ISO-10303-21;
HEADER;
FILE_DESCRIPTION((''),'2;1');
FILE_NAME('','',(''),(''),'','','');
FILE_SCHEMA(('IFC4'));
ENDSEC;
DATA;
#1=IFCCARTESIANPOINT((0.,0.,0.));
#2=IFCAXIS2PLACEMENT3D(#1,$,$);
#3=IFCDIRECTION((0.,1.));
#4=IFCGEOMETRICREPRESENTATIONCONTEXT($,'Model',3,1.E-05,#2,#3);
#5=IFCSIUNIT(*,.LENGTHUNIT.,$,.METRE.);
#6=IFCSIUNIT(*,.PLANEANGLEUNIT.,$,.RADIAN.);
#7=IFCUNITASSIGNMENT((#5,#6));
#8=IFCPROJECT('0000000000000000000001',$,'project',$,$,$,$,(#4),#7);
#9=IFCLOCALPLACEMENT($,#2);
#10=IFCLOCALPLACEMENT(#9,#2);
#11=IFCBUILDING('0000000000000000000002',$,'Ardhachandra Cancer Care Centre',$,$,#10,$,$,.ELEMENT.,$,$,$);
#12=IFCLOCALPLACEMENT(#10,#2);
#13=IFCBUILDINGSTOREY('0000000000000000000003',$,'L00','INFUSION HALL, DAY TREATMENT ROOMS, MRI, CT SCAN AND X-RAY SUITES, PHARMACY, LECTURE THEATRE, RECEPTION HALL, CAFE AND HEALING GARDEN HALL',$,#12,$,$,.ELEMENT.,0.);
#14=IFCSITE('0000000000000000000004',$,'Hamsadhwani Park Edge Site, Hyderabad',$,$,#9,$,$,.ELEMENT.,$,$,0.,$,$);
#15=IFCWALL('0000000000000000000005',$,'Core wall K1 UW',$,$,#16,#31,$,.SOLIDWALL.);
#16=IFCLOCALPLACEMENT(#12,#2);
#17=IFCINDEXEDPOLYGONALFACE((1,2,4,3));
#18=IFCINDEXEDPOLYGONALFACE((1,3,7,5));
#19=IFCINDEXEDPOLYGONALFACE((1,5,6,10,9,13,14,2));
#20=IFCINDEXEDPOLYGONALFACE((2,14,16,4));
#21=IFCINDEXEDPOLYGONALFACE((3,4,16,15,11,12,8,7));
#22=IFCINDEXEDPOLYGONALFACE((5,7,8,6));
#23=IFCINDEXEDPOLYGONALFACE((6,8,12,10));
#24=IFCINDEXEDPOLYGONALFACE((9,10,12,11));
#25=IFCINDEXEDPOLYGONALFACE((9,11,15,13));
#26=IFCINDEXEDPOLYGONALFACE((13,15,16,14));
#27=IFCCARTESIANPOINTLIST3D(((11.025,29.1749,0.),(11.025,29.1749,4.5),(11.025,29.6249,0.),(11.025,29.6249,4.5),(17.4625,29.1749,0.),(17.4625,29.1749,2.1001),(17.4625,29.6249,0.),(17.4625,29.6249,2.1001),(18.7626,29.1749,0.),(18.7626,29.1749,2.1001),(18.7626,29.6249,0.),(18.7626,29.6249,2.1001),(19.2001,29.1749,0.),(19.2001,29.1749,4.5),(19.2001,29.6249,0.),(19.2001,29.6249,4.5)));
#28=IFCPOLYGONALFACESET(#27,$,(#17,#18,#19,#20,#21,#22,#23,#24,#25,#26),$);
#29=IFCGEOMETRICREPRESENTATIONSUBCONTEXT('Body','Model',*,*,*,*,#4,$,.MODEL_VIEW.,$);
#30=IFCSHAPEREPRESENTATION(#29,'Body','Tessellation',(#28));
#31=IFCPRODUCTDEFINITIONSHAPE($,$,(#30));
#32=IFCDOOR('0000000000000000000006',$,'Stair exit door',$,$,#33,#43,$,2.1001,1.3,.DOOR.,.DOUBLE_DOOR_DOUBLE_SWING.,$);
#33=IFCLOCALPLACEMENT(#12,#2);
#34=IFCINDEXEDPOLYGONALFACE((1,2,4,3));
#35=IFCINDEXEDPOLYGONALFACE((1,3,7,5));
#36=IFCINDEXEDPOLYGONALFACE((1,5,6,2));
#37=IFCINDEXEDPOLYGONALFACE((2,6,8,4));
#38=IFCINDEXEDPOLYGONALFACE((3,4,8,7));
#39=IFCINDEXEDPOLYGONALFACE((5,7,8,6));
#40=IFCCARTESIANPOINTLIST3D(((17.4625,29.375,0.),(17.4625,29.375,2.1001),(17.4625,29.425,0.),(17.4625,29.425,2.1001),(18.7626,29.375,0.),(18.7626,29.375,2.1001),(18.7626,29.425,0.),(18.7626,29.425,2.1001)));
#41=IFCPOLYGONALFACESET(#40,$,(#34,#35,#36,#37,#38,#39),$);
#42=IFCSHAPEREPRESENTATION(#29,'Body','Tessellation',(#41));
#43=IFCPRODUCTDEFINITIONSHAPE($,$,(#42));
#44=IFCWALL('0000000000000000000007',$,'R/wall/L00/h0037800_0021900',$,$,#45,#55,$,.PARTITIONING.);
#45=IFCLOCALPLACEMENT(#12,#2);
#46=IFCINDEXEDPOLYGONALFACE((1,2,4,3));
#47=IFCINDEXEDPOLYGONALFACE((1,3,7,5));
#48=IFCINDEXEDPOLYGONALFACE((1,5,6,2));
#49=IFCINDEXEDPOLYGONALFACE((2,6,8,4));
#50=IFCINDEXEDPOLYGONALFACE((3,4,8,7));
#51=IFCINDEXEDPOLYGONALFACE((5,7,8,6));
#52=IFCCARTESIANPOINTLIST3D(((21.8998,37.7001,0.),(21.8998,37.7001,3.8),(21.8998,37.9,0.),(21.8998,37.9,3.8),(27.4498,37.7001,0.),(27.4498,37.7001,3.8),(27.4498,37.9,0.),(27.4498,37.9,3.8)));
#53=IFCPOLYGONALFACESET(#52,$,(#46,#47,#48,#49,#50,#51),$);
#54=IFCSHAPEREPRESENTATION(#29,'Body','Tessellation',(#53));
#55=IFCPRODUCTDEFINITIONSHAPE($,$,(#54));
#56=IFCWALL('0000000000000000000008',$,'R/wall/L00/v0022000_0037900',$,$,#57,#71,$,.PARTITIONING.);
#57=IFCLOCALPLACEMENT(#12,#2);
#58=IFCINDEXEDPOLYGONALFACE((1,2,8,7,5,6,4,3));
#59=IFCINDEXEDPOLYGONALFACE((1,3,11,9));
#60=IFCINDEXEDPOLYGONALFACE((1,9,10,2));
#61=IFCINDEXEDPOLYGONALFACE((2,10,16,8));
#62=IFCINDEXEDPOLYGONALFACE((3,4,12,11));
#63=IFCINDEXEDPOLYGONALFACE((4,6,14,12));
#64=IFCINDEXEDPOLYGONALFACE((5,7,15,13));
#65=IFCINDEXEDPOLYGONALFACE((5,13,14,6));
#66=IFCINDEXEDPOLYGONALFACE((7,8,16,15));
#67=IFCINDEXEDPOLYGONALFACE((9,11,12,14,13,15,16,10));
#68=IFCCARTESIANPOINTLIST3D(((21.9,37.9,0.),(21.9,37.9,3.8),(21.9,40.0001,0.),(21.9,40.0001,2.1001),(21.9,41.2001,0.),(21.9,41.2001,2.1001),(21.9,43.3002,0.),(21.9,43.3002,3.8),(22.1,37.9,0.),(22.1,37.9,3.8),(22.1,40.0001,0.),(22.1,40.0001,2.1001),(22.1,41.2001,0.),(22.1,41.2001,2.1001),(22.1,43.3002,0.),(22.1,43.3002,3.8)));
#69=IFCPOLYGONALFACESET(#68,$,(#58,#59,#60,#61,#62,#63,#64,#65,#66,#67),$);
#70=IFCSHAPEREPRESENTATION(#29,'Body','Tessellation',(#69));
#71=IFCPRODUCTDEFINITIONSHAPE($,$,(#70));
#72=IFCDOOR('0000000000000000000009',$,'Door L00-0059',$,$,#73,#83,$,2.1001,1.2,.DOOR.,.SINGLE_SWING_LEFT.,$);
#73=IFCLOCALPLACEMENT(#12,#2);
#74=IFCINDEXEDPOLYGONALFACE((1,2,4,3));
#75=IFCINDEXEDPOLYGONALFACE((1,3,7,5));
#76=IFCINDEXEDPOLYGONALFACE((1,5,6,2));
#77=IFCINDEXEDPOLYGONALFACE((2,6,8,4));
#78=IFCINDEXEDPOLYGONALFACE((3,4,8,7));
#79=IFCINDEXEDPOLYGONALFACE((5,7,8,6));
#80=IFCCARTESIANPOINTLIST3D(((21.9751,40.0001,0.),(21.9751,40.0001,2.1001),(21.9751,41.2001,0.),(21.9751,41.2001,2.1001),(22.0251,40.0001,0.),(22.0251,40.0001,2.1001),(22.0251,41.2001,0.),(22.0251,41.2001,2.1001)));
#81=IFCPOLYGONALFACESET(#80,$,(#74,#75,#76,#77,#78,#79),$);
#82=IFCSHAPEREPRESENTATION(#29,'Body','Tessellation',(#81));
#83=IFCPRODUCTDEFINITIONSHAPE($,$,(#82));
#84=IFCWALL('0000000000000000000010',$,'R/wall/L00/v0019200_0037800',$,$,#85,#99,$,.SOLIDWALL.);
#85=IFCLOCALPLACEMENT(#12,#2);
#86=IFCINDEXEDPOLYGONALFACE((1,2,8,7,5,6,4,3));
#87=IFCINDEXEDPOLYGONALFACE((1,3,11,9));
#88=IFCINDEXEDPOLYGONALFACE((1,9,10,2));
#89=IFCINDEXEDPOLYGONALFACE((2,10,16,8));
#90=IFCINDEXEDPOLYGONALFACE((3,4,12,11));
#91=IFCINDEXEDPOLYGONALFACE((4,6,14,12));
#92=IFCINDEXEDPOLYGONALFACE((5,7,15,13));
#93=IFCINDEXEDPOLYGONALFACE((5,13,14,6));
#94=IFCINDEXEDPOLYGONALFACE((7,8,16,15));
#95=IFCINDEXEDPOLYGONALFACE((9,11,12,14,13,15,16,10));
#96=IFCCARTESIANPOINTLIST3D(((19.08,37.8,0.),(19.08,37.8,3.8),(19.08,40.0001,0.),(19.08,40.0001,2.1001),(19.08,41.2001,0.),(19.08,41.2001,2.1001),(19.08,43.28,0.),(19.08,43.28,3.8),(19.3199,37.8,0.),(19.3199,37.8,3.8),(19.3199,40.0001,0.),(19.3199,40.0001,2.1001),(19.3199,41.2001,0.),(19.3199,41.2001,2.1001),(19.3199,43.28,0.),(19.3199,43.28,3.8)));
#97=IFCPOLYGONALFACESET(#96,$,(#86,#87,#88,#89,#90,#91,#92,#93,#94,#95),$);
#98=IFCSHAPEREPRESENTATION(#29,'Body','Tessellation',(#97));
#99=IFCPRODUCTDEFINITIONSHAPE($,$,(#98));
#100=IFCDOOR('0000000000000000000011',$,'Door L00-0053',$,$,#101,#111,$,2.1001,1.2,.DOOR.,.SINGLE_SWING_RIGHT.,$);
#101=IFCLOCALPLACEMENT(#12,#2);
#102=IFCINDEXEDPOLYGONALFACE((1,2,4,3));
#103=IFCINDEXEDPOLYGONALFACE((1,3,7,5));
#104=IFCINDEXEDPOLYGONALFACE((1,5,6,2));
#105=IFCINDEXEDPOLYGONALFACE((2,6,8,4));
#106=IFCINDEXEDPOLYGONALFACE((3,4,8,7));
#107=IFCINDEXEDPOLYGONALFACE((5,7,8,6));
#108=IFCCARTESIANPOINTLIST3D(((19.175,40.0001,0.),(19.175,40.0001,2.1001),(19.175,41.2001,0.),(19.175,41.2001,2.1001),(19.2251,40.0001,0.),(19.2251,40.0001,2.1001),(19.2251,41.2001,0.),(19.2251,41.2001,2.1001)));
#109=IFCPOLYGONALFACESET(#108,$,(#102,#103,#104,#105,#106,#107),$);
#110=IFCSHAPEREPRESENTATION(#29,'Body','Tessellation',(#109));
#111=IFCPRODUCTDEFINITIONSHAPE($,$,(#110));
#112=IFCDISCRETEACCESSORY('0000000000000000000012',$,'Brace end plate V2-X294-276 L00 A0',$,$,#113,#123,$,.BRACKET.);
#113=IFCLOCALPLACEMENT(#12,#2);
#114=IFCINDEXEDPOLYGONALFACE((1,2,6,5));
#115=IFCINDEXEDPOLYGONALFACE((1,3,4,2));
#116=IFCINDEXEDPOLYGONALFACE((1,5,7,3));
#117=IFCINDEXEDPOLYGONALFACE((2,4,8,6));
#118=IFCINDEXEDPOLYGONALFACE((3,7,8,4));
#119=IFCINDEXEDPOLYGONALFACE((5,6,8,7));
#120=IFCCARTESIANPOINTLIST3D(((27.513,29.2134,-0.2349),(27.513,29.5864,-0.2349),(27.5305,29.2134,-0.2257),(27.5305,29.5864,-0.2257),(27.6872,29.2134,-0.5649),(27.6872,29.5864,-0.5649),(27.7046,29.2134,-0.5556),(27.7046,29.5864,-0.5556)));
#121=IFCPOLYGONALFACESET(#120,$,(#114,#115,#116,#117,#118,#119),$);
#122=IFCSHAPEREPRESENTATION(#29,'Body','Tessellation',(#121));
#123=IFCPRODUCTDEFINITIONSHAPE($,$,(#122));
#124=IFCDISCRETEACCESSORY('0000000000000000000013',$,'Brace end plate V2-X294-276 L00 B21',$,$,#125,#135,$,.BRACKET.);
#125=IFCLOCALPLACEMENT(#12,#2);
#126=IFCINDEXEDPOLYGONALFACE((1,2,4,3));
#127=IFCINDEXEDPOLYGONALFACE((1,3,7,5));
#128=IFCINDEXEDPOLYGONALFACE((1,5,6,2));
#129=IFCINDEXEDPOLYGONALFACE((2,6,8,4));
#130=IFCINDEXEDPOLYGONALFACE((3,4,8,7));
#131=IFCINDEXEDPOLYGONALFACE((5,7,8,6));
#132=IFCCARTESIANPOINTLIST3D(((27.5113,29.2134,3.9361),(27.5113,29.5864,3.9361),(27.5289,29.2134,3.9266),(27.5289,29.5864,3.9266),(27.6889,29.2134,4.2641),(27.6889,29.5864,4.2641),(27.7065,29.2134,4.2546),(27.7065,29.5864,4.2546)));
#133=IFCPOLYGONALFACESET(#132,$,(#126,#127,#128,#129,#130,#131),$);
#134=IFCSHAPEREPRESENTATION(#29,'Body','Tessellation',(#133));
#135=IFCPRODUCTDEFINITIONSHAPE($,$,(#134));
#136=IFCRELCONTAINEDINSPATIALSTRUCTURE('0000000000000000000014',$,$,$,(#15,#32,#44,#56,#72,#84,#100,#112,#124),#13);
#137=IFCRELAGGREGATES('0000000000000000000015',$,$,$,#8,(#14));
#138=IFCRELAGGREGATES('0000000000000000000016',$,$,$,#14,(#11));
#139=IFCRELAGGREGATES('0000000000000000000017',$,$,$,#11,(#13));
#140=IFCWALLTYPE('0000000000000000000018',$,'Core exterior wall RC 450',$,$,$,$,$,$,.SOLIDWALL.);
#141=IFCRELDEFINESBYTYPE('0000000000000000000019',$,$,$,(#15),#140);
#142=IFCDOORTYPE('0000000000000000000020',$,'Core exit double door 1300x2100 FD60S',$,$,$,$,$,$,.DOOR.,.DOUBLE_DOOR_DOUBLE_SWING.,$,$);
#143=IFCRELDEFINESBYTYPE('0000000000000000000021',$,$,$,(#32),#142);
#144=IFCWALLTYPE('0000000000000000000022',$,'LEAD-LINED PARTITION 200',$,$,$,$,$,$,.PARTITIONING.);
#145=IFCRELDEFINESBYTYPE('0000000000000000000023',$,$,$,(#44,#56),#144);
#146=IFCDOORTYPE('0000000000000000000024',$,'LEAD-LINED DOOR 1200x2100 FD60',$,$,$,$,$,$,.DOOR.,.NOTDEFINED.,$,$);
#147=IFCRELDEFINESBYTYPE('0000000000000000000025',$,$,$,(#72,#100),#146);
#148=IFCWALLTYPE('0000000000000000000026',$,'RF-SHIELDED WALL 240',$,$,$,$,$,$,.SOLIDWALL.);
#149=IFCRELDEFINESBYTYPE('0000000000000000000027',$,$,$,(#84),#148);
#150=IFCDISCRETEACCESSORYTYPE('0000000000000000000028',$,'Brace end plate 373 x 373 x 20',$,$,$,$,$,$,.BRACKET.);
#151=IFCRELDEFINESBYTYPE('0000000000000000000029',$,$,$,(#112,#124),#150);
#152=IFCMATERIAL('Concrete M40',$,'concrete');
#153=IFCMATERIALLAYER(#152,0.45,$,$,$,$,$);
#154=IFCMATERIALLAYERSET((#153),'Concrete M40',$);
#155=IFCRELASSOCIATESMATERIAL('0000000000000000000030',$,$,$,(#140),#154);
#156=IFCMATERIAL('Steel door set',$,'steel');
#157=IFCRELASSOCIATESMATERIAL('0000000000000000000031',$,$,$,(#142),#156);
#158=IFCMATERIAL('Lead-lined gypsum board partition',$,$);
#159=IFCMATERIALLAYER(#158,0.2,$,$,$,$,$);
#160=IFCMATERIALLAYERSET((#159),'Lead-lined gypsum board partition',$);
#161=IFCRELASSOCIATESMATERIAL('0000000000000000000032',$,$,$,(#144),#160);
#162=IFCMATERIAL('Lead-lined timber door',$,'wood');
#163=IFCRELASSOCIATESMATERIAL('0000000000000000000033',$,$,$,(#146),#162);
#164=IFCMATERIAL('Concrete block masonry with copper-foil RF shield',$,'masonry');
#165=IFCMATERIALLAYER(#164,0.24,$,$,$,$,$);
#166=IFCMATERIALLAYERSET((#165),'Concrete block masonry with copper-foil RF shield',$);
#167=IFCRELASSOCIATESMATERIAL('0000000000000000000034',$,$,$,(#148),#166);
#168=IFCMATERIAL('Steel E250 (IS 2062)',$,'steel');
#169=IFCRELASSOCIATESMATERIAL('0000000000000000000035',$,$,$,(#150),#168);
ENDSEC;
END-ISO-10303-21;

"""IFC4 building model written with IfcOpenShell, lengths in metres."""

from ifc_helpers import new_model, si_unit, direction, frame, frame_2d, origin, origin_2d, place, context, subcontext, project, spatial, rectangle, extrude, material, layer, layer_set, material_profile, profile_set, type_object, element, fill, save


model = new_model("IFC4")

# Units and contexts
model_context = context("Model", 3, precision=1e-05, world=origin(), true_north=direction((0.0, 1.0)))
body_context = subcontext(model_context, "Body", "Model", "MODEL_VIEW")
ifc_project = project(units=[si_unit("LENGTHUNIT", "METRE"), si_unit("PLANEANGLEUNIT", "RADIAN")], contexts=[model_context])

# Site, building, storey
site_placement = place(None, origin())
site = spatial("IfcSite", under=ifc_project, at=site_placement, Name="Hamsadhwani Park Edge Site, Hyderabad", CompositionType="ELEMENT", RefElevation=0.0)
building_placement = place(site_placement, origin())
building = spatial("IfcBuilding", under=site, at=building_placement, Name="Ardhachandra Cancer Care Centre", CompositionType="ELEMENT")
storey_placement = place(building_placement, origin())
storey = spatial("IfcBuildingStorey", under=building, at=storey_placement, Name="L00", Description="INFUSION HALL, DAY TREATMENT ROOMS, MRI, CT SCAN AND X-RAY SUITES, PHARMACY, LECTURE THEATRE, RECEPTION HALL, CAFE AND HEALING GARDEN HALL", CompositionType="ELEMENT", Elevation=0.0)

# Wall, opening, door
ifc_material_1 = material(Name="Concrete M40", Category="concrete")
ifc_layer_1 = layer(ifc_material_1, 0.45)
ifc_layer_set_1 = layer_set([ifc_layer_1], Name="Concrete M40")
wall_type_1 = type_object("IfcWallType", Name="Core exterior wall RC 450", PredefinedType="SOLIDWALL", material=ifc_layer_set_1)
wall_1_placement = place(storey_placement, frame((19.2, 29.3999, 0.0), z_axis=(0.0, 0.0, 1.0), x_axis=(-1.0, 0.0, 0.0)))
wall_1 = element("IfcWall", 1, at=wall_1_placement, inside=storey, type_object=wall_type_1, Name="Core wall K1 UW", PredefinedType="SOLIDWALL", context=body_context, shape_type="SweptSolid", body=[
    extrude(rectangle(XDim=8.175, YDim=0.45, at=frame_2d((4.0874, 0.0))), origin(), (0.0, 0.0, 1.0), 4.5),
])
opening_1_placement = place(wall_1_placement, frame((0.4375, 0.0, 0.0)))
opening_1 = element("IfcOpeningElement", 2, at=opening_1_placement, cuts=wall_1, PredefinedType="OPENING", context=body_context, shape_type="SweptSolid", body=[
    extrude(rectangle(XDim=1.3, YDim=2.1001, at=frame_2d((0.6499, 1.05))), frame((0.0, 0.2349, 0.0), z_axis=(0.0, -1.0, 0.0), x_axis=(1.0, 0.0, 0.0)), (0.0, 0.0, 1.0), 0.47),
])
ifc_material_2 = material(Name="Steel door set", Category="steel")
door_type_1 = type_object("IfcDoorType", Name="Core exit double door 1300x2100 FD60S", OperationType="DOUBLE_DOOR_DOUBLE_SWING", PredefinedType="DOOR", material=ifc_material_2)
door_1_placement = place(opening_1_placement, origin())
door_1 = element("IfcDoor", 3, at=door_1_placement, inside=storey, type_object=door_type_1, Name="Stair exit door", OperationType="DOUBLE_DOOR_DOUBLE_SWING", OverallHeight=2.1001, OverallWidth=1.3, PredefinedType="DOOR", context=body_context, shape_type="SweptSolid", body=[
    extrude(rectangle(XDim=1.3, YDim=2.1001, at=frame_2d((0.6499, 1.05))), frame((0.0, 0.0249, 0.0), z_axis=(0.0, -1.0, 0.0), x_axis=(1.0, 0.0, 0.0)), (0.0, 0.0, 1.0), 0.05),
])
fill(opening_1, door_1)

# Wall
ifc_material_3 = material(Name="Lead-lined gypsum board partition")
ifc_layer_2 = layer(ifc_material_3, 0.2)
ifc_layer_set_2 = layer_set([ifc_layer_2], Name="Lead-lined gypsum board partition")
wall_type_2 = type_object("IfcWallType", Name="LEAD-LINED PARTITION 200", PredefinedType="PARTITIONING", material=ifc_layer_set_2)
wall_2_placement = place(storey_placement, frame((21.8999, 37.8, 0.0), z_axis=(0.0, 0.0, 1.0), x_axis=(1.0, 0.0, 0.0)))
element("IfcWall", 4, at=wall_2_placement, inside=storey, type_object=wall_type_2, Name="R/wall/L00/h0037800_0021900", PredefinedType="PARTITIONING", context=body_context, shape_type="SweptSolid", body=[
    extrude(rectangle(XDim=5.55, YDim=0.2, at=frame_2d((2.7749, 0.0))), origin(), (0.0, 0.0, 1.0), 3.8),
])

# Walls, openings, doors
wall_3_placement = place(storey_placement, frame((22.0, 37.8999, 0.0), z_axis=(0.0, 0.0, 1.0), x_axis=(0.0, 1.0, 0.0)))
wall_3 = element("IfcWall", 5, at=wall_3_placement, inside=storey, type_object=wall_type_2, Name="R/wall/L00/v0022000_0037900", PredefinedType="PARTITIONING", context=body_context, shape_type="SweptSolid", body=[
    extrude(rectangle(XDim=5.4001, YDim=0.2, at=frame_2d((2.7002, 0.0))), origin(), (0.0, 0.0, 1.0), 3.8),
])
opening_2_placement = place(wall_3_placement, frame((2.1001, 0.0, 0.0)))
opening_2 = element("IfcOpeningElement", 6, at=opening_2_placement, cuts=wall_3, PredefinedType="OPENING", context=body_context, shape_type="SweptSolid", body=[
    extrude(rectangle(XDim=1.2, YDim=2.1001, at=frame_2d((0.6001, 1.05))), frame((0.0, 0.1099, 0.0), z_axis=(0.0, -1.0, 0.0), x_axis=(1.0, 0.0, 0.0)), (0.0, 0.0, 1.0), 0.22),
])
ifc_material_4 = material(Name="Lead-lined timber door", Category="wood")
door_type_2 = type_object("IfcDoorType", Name="LEAD-LINED DOOR 1200x2100 FD60", OperationType="NOTDEFINED", PredefinedType="DOOR", material=ifc_material_4)
door_2_placement = place(opening_2_placement, origin())
door_2 = element("IfcDoor", 7, at=door_2_placement, inside=storey, type_object=door_type_2, Name="Door L00-0059", OperationType="SINGLE_SWING_LEFT", OverallHeight=2.1001, OverallWidth=1.2, PredefinedType="DOOR", context=body_context, shape_type="SweptSolid", body=[
    extrude(rectangle(XDim=1.2, YDim=2.1001, at=frame_2d((0.6001, 1.05))), frame((0.0, 0.0249, 0.0), z_axis=(0.0, -1.0, 0.0), x_axis=(1.0, 0.0, 0.0)), (0.0, 0.0, 1.0), 0.05),
])
fill(opening_2, door_2)
ifc_material_5 = material(Name="Concrete block masonry with copper-foil RF shield", Category="masonry")
ifc_layer_3 = layer(ifc_material_5, 0.24)
ifc_layer_set_3 = layer_set([ifc_layer_3], Name="Concrete block masonry with copper-foil RF shield")
wall_type_3 = type_object("IfcWallType", Name="RF-SHIELDED WALL 240", PredefinedType="SOLIDWALL", material=ifc_layer_set_3)
wall_4_placement = place(storey_placement, frame((19.2, 37.8, 0.0), z_axis=(0.0, 0.0, 1.0), x_axis=(0.0, 1.0, 0.0)))
wall_4 = element("IfcWall", 8, at=wall_4_placement, inside=storey, type_object=wall_type_3, Name="R/wall/L00/v0019200_0037800", PredefinedType="SOLIDWALL", context=body_context, shape_type="SweptSolid", body=[
    extrude(rectangle(XDim=5.48, YDim=0.24, at=frame_2d((2.74, 0.0))), origin(), (0.0, 0.0, 1.0), 3.8),
])
opening_3_placement = place(wall_4_placement, frame((2.2, 0.0, 0.0)))
opening_3 = element("IfcOpeningElement", 9, at=opening_3_placement, cuts=wall_4, PredefinedType="OPENING", context=body_context, shape_type="SweptSolid", body=[
    extrude(rectangle(XDim=1.2, YDim=2.1001, at=frame_2d((0.6001, 1.05))), frame((0.0, 0.1299, 0.0), z_axis=(0.0, -1.0, 0.0), x_axis=(1.0, 0.0, 0.0)), (0.0, 0.0, 1.0), 0.26),
])
door_3_placement = place(opening_3_placement, origin())
door_3 = element("IfcDoor", 10, at=door_3_placement, inside=storey, type_object=door_type_2, Name="Door L00-0053", OperationType="SINGLE_SWING_RIGHT", OverallHeight=2.1001, OverallWidth=1.2, PredefinedType="DOOR", context=body_context, shape_type="SweptSolid", body=[
    extrude(rectangle(XDim=1.2, YDim=2.1001, at=frame_2d((0.6001, 1.05))), frame((0.0, 0.0249, 0.0), z_axis=(0.0, -1.0, 0.0), x_axis=(1.0, 0.0, 0.0)), (0.0, 0.0, 1.0), 0.05),
])
fill(opening_3, door_3)

# Discrete accessories
ifc_material_6 = material(Name="Steel E250 (IS 2062)", Category="steel")
ifc_material_profile_1 = material_profile(ifc_material_6, rectangle(XDim=0.373, YDim=0.373, at=origin_2d()), Name="PL 373x373x20")
ifc_profile_set_1 = profile_set([ifc_material_profile_1], Name="Steel E250 (IS 2062)")
discrete_accessory_type = type_object("IfcDiscreteAccessoryType", Name="Brace end plate 373 x 373 x 20", PredefinedType="BRACKET", material=ifc_profile_set_1)
discrete_accessory_1_placement = place(storey_placement, frame((27.6001, 29.3999, -0.3999), z_axis=(0.884385, 0.0, 0.466759), x_axis=(0.0, 1.0, 0.0)))
element("IfcDiscreteAccessory", 11, at=discrete_accessory_1_placement, inside=storey, type_object=discrete_accessory_type, Name="Brace end plate V2-X294-276 L00 A0", PredefinedType="BRACKET", context=body_context, shape_type="SweptSolid", body=[
    extrude(rectangle(XDim=0.373, YDim=0.373, at=origin_2d()), origin(), (0.0, 0.0, 1.0), 0.0198),
])
discrete_accessory_2_placement = place(storey_placement, frame((27.6001, 29.3999, 4.1001), z_axis=(0.879292, 0.0, -0.476283), x_axis=(0.0, 1.0, 0.0)))
element("IfcDiscreteAccessory", 12, at=discrete_accessory_2_placement, inside=storey, type_object=discrete_accessory_type, Name="Brace end plate V2-X294-276 L00 B21", PredefinedType="BRACKET", context=body_context, shape_type="SweptSolid", body=[
    extrude(rectangle(XDim=0.373, YDim=0.373, at=origin_2d()), origin(), (0.0, 0.0, 1.0), 0.02),
])

save(model, "model.ifc")
